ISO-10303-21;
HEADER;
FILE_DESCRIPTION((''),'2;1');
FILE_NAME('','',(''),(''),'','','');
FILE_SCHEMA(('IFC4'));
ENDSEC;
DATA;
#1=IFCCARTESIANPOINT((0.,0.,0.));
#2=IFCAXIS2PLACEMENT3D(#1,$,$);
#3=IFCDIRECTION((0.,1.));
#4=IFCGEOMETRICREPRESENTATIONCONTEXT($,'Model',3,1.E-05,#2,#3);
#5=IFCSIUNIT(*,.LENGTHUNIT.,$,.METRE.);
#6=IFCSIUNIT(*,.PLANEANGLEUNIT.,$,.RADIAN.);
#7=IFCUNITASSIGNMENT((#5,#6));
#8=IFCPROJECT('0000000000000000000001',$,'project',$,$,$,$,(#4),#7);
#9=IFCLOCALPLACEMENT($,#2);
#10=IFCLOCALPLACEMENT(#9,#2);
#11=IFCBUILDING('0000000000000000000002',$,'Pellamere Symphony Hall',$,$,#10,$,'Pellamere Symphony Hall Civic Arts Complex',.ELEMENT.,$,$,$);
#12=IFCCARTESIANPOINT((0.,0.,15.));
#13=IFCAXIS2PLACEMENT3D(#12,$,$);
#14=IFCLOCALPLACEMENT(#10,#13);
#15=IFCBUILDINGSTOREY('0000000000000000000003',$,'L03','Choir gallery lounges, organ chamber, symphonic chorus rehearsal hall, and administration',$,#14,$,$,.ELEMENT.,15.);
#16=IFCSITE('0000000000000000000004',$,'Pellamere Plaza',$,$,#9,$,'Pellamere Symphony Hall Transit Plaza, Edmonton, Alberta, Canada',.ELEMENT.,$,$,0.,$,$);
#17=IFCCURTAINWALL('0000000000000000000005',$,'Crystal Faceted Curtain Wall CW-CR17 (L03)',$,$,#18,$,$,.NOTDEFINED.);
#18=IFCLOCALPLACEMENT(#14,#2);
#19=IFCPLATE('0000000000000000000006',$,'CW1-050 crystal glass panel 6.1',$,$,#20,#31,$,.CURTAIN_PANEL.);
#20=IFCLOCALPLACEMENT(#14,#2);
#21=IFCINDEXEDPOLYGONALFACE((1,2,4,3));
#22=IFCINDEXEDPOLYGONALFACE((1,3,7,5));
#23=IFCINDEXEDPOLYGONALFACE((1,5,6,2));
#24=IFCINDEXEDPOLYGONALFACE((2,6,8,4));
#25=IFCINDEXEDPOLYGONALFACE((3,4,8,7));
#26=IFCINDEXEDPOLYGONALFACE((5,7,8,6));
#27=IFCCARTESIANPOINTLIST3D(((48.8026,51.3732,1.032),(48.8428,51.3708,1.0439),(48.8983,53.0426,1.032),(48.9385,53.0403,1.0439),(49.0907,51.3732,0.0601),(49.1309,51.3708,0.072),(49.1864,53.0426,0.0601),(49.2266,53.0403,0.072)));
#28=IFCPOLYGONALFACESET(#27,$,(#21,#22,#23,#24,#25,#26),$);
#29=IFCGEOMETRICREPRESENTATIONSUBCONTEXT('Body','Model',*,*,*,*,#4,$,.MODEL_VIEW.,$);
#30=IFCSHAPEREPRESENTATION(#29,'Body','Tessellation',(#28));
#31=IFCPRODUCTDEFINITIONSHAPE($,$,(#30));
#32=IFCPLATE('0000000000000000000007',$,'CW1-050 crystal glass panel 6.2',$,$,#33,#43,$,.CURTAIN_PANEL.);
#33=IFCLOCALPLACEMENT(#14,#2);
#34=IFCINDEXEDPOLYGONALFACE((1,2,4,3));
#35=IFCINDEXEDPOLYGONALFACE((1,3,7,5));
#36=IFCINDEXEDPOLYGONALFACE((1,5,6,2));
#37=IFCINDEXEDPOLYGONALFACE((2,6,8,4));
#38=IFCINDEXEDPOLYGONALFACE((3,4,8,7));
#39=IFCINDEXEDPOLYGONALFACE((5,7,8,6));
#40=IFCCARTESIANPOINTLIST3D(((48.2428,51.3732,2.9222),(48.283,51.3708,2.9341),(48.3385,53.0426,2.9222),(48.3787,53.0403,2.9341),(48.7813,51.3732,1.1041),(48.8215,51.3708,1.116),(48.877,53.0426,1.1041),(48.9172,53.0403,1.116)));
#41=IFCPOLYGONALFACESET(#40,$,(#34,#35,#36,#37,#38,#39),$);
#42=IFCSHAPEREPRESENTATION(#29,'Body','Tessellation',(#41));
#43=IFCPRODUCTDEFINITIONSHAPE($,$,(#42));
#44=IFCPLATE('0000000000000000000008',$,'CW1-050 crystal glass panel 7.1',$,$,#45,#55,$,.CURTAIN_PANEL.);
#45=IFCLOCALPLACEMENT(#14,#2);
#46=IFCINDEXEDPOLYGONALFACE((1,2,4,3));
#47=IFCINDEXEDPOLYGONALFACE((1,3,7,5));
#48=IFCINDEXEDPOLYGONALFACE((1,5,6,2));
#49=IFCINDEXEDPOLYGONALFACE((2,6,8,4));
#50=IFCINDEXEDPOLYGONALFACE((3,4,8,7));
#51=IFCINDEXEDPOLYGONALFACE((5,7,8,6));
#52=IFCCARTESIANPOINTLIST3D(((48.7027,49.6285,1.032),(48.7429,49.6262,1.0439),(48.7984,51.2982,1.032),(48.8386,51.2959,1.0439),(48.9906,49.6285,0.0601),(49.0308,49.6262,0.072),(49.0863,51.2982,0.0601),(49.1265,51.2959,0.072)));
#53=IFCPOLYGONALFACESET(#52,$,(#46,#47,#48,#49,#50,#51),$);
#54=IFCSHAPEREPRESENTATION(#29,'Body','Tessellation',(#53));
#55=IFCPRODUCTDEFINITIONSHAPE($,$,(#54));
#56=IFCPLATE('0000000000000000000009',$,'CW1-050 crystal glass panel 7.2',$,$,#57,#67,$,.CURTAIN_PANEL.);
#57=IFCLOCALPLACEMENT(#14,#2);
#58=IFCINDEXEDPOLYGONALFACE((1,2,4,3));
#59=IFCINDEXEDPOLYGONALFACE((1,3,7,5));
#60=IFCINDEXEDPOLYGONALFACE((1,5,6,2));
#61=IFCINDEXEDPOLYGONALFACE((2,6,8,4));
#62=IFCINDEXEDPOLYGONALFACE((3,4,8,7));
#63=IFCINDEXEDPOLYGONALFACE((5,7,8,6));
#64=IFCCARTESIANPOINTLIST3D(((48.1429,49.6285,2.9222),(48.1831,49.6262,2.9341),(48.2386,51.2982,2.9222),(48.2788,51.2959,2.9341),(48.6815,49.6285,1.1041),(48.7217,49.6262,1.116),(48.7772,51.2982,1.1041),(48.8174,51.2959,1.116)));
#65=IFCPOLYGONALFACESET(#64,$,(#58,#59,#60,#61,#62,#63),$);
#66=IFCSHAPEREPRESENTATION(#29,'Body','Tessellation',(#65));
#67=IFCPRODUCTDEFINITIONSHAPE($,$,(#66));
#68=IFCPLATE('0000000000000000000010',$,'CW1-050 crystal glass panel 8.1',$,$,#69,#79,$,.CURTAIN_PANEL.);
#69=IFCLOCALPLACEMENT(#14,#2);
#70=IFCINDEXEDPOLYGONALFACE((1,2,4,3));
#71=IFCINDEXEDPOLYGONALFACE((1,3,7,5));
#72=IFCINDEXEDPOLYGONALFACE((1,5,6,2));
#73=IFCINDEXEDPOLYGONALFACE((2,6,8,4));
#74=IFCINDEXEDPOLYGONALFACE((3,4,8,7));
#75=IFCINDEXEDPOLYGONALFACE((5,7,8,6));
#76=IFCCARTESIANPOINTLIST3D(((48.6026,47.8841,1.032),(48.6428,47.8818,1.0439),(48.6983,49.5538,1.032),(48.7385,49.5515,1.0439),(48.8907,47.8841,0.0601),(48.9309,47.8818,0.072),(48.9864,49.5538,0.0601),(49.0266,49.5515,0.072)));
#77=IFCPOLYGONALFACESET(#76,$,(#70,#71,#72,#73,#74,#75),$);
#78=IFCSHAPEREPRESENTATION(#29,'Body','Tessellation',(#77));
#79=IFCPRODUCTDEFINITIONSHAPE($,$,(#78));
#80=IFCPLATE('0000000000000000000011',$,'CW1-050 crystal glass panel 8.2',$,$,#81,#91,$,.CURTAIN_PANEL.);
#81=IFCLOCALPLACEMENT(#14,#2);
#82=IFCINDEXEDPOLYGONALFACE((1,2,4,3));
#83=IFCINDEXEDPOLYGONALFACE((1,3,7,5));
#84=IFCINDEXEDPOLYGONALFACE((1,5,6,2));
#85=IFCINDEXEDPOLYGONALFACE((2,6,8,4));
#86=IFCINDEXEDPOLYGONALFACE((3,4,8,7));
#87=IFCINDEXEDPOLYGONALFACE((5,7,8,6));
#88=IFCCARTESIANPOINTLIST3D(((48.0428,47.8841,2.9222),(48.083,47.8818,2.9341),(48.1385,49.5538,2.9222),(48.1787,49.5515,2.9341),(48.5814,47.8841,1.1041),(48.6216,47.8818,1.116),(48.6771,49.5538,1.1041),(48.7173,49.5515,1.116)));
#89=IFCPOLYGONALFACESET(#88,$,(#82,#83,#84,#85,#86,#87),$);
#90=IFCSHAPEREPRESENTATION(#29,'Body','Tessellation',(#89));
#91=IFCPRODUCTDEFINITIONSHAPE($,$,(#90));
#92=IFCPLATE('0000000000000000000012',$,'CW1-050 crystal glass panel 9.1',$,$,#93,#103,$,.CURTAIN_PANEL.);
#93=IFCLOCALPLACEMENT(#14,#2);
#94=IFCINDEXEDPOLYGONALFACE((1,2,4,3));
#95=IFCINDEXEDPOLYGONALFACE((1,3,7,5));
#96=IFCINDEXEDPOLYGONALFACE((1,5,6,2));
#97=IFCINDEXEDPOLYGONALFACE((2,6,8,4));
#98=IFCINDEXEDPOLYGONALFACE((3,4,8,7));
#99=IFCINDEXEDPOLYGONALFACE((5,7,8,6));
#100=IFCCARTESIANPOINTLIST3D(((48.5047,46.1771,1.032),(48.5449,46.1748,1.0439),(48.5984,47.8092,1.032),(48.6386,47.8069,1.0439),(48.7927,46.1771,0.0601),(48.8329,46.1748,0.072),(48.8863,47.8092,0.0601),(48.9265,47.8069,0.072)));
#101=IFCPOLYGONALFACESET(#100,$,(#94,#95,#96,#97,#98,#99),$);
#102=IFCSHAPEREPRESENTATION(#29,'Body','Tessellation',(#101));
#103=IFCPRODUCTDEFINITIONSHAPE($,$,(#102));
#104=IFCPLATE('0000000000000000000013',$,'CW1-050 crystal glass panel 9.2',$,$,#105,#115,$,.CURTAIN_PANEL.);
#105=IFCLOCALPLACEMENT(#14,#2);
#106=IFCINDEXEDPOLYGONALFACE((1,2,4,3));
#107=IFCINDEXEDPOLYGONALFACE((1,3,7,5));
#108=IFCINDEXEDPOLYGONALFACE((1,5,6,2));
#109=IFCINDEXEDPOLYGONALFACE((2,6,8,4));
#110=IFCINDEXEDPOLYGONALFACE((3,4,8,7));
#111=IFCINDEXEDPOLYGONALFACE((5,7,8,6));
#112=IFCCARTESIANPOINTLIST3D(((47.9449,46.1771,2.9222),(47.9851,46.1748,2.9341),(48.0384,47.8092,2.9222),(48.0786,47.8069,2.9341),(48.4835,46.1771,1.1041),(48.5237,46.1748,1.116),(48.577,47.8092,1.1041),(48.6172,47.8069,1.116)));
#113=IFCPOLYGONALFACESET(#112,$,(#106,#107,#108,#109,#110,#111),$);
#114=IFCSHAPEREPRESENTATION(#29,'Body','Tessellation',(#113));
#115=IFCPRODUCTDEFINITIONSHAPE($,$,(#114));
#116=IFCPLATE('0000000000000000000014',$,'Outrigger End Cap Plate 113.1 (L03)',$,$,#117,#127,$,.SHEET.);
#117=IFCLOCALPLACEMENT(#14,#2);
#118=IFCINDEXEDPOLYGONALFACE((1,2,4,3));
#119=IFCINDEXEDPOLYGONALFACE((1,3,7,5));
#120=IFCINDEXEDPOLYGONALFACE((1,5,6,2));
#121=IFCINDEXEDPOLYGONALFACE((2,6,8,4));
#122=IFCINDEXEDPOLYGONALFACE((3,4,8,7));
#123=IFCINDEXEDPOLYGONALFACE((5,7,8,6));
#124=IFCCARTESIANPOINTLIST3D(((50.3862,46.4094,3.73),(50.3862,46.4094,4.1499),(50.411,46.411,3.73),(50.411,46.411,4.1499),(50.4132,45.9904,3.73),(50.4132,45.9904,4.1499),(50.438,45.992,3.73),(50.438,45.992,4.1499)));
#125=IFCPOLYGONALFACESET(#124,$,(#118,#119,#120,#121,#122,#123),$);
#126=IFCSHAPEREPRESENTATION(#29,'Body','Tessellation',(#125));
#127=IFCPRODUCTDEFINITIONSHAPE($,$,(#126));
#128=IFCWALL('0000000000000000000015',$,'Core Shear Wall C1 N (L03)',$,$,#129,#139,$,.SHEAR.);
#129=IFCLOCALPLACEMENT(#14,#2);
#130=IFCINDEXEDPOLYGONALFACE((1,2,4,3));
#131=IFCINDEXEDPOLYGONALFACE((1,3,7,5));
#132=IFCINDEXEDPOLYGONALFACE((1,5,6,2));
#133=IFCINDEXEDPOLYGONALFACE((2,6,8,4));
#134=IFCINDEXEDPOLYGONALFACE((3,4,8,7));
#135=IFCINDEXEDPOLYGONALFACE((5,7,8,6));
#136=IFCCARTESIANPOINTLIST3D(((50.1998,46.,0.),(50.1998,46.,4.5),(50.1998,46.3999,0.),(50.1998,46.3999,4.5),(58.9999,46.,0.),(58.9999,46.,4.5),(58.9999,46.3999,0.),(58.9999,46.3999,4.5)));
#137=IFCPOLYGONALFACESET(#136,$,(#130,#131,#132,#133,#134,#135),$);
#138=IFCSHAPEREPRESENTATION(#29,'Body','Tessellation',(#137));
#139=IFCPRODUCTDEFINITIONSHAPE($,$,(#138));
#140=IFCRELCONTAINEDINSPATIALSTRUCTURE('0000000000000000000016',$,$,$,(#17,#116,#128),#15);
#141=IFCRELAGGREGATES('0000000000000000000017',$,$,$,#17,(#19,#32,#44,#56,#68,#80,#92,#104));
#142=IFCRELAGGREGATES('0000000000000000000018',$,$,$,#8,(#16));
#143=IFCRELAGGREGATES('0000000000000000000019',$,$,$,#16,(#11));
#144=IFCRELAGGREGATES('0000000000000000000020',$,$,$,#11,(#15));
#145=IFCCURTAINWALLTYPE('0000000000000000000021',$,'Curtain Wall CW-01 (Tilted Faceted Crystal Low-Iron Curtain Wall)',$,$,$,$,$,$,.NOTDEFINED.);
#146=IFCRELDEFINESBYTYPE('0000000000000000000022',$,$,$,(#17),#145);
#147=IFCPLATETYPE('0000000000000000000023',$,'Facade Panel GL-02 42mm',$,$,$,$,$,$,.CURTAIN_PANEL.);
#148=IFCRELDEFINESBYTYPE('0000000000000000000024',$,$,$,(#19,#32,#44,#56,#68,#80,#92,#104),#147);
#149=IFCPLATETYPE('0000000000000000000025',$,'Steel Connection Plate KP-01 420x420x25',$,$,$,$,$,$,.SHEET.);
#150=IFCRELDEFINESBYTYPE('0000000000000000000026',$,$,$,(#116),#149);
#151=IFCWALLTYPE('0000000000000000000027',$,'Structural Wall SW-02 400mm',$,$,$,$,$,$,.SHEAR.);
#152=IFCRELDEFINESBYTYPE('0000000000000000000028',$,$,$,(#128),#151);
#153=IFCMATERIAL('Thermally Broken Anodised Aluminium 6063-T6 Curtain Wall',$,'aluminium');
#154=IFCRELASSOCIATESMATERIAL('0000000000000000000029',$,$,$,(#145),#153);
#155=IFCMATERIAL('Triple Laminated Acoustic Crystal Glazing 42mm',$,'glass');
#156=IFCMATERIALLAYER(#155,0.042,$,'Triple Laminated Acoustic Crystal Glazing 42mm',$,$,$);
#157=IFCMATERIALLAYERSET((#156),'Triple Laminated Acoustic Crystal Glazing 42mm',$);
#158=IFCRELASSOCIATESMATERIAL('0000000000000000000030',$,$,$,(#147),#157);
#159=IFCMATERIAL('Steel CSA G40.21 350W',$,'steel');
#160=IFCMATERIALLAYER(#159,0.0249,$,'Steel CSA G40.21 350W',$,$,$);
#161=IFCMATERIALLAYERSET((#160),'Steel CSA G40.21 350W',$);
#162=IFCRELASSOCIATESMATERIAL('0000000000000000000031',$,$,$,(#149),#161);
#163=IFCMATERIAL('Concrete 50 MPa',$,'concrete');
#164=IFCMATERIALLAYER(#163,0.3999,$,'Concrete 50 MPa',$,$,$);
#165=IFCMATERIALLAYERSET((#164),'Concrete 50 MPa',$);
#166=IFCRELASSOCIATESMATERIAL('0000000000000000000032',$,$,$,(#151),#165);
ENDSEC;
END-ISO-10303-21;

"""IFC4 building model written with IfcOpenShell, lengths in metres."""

from ifc_helpers import new_model, si_unit, direction, frame, frame_2d, origin, origin_2d, place, context, subcontext, project, spatial, polyline, rectangle, outline, extrude, material, layer, layer_set, type_object, element, aggregate, save


model = new_model("IFC4")

# Units and contexts
model_context = context("Model", 3, precision=1e-05, world=origin(), true_north=direction((0.0, 1.0)))
body_context = subcontext(model_context, "Body", "Model", "MODEL_VIEW")
ifc_project = project(units=[si_unit("LENGTHUNIT", "METRE"), si_unit("PLANEANGLEUNIT", "RADIAN")], contexts=[model_context])

# Site, building, storey
site_placement = place(None, origin())
site = spatial("IfcSite", under=ifc_project, at=site_placement, Name="Pellamere Plaza", LongName="Pellamere Symphony Hall Transit Plaza, Edmonton, Alberta, Canada", CompositionType="ELEMENT", RefElevation=0.0)
building_placement = place(site_placement, origin())
building = spatial("IfcBuilding", under=site, at=building_placement, Name="Pellamere Symphony Hall", LongName="Pellamere Symphony Hall Civic Arts Complex", CompositionType="ELEMENT")
storey_placement = place(building_placement, frame((0.0, 0.0, 15.0)))
storey = spatial("IfcBuildingStorey", under=building, at=storey_placement, Name="L03", Description="Choir gallery lounges, organ chamber, symphonic chorus rehearsal hall, and administration", CompositionType="ELEMENT", Elevation=15.0)

# Curtain wall
ifc_material_1 = material(Name="Thermally Broken Anodised Aluminium 6063-T6 Curtain Wall", Category="aluminium")
curtain_wall_type = type_object("IfcCurtainWallType", Name="Curtain Wall CW-01 (Tilted Faceted Crystal Low-Iron Curtain Wall)", PredefinedType="NOTDEFINED", material=ifc_material_1)
curtain_wall_placement = place(storey_placement, origin())
curtain_wall = element("IfcCurtainWall", 1, at=curtain_wall_placement, inside=storey, type_object=curtain_wall_type, Name="Crystal Faceted Curtain Wall CW-CR17 (L03)", PredefinedType="NOTDEFINED")

# Shared definitions
ifc_material_2 = material(Name="Steel CSA G40.21 350W", Category="steel")

# Plates
ifc_material_3 = material(Name="Triple Laminated Acoustic Crystal Glazing 42mm", Category="glass")
ifc_layer_1 = layer(ifc_material_3, 0.042, Name="Triple Laminated Acoustic Crystal Glazing 42mm")
ifc_layer_set_1 = layer_set([ifc_layer_1], Name="Triple Laminated Acoustic Crystal Glazing 42mm")
plate_type_1 = type_object("IfcPlateType", Name="Facade Panel GL-02 42mm", PredefinedType="CURTAIN_PANEL", material=ifc_layer_set_1)
plate_1_placement = place(storey_placement, frame((49.2266, 53.0403, 0.072), z_axis=(0.957324, -0.05488, 0.283758), x_axis=(-0.057233, -0.998361, 0.0)))
plate_1 = element("IfcPlate", 2, at=plate_1_placement, type_object=plate_type_1, Name="CW1-050 crystal glass panel 6.1", PredefinedType="CURTAIN_PANEL", context=body_context, shape_type="SweptSolid", body=[
    extrude(outline(polyline([(0.0, 0.0), (1.6722, 0.0), (1.6887, -1.0136), (0.0165, -1.0136), (0.0, 0.0)])), origin(), (0.0, 0.0, -1.0), 0.042),
])
plate_2_placement = place(storey_placement, frame((48.9172, 53.0403, 1.116), z_axis=(0.957371, -0.054883, 0.283599), x_axis=(-0.057233, -0.998361, 0.0)))
plate_2 = element("IfcPlate", 3, at=plate_2_placement, type_object=plate_type_1, Name="CW1-050 crystal glass panel 6.2", PredefinedType="CURTAIN_PANEL", context=body_context, shape_type="SweptSolid", body=[
    extrude(outline(polyline([(0.0, 0.0), (1.6722, 0.0), (1.703, -1.896), (0.0308, -1.896), (0.0, 0.0)])), origin(), (0.0, 0.0, -1.0), 0.042),
])
plate_3_placement = place(storey_placement, frame((49.1265, 51.2959, 0.072), z_axis=(0.95739, -0.054876, 0.283537), x_axis=(-0.057224, -0.998361, 0.0)))
plate_3 = element("IfcPlate", 4, at=plate_3_placement, type_object=plate_type_1, Name="CW1-050 crystal glass panel 7.1", PredefinedType="CURTAIN_PANEL", context=body_context, shape_type="SweptSolid", body=[
    extrude(outline(polyline([(0.0, 0.0), (1.6724, 0.0), (1.6889, -1.0135), (0.0165, -1.0135), (0.0, 0.0)])), origin(), (0.0, 0.0, -1.0), 0.042),
])
plate_4_placement = place(storey_placement, frame((48.8174, 51.2959, 1.116), z_axis=(0.957372, -0.054875, 0.283599), x_axis=(-0.057224, -0.998361, 0.0)))
plate_4 = element("IfcPlate", 5, at=plate_4_placement, type_object=plate_type_1, Name="CW1-050 crystal glass panel 7.2", PredefinedType="CURTAIN_PANEL", context=body_context, shape_type="SweptSolid", body=[
    extrude(outline(polyline([(0.0, 0.0), (1.6724, 0.0), (1.7032, -1.896), (0.0308, -1.896), (0.0, 0.0)])), origin(), (0.0, 0.0, -1.0), 0.042),
])
plate_5_placement = place(storey_placement, frame((49.0266, 49.5515, 0.072), z_axis=(0.957324, -0.054872, 0.283759), x_axis=(-0.057224, -0.998361, 0.0)))
plate_5 = element("IfcPlate", 6, at=plate_5_placement, type_object=plate_type_1, Name="CW1-050 crystal glass panel 8.1", PredefinedType="CURTAIN_PANEL", context=body_context, shape_type="SweptSolid", body=[
    extrude(outline(polyline([(0.0, 0.0), (1.6724, 0.0), (1.6889, -1.0136), (0.0165, -1.0136), (0.0, 0.0)])), origin(), (0.0, 0.0, -1.0), 0.042),
])
plate_6_placement = place(storey_placement, frame((48.7173, 49.5515, 1.116), z_axis=(0.957372, -0.054875, 0.283599), x_axis=(-0.057224, -0.998361, 0.0)))
plate_6 = element("IfcPlate", 7, at=plate_6_placement, type_object=plate_type_1, Name="CW1-050 crystal glass panel 8.2", PredefinedType="CURTAIN_PANEL", context=body_context, shape_type="SweptSolid", body=[
    extrude(outline(polyline([(0.0, 0.0), (1.6724, 0.0), (1.7032, -1.896), (0.0308, -1.896), (0.0, 0.0)])), origin(), (0.0, 0.0, -1.0), 0.042),
])
plate_7_placement = place(storey_placement, frame((48.9265, 47.8069, 0.072), z_axis=(0.957355, -0.054921, 0.283647), x_axis=(-0.057267, -0.998359, -0.00002)))
plate_7 = element("IfcPlate", 8, at=plate_7_placement, type_object=plate_type_1, Name="CW1-050 crystal glass panel 9.1", PredefinedType="CURTAIN_PANEL", context=body_context, shape_type="SweptSolid", body=[
    extrude(outline(polyline([(0.0, 0.0), (1.6348, 0.0), (1.6512, -1.0136), (0.0165, -1.0135), (0.0, 0.0)])), origin(), (0.0, 0.0, -1.0), 0.042),
])
plate_8_placement = place(storey_placement, frame((48.6172, 47.8069, 1.116), z_axis=(0.957373, -0.05485, 0.283599), x_axis=(-0.057199, -0.998363, 0.0)))
plate_8 = element("IfcPlate", 9, at=plate_8_placement, type_object=plate_type_1, Name="CW1-050 crystal glass panel 9.2", PredefinedType="CURTAIN_PANEL", context=body_context, shape_type="SweptSolid", body=[
    extrude(outline(polyline([(0.0, 0.0), (1.6348, 0.0), (1.6656, -1.896), (0.0308, -1.896), (0.0, 0.0)])), origin(), (0.0, 0.0, -1.0), 0.042),
])
aggregate(curtain_wall, [plate_1, plate_2, plate_3, plate_4, plate_5, plate_6, plate_7, plate_8])
ifc_layer_2 = layer(ifc_material_2, 0.0249, Name="Steel CSA G40.21 350W")
ifc_layer_set_2 = layer_set([ifc_layer_2], Name="Steel CSA G40.21 350W")
plate_type_2 = type_object("IfcPlateType", Name="Steel Connection Plate KP-01 420x420x25", PredefinedType="SHEET", material=ifc_layer_set_2)
plate_9_placement = place(storey_placement, frame((50.4121, 46.2007, 3.73), z_axis=(0.0, 0.0, 1.0), x_axis=(-0.997927, -0.064358, 0.0)))
element("IfcPlate", 10, at=plate_9_placement, inside=storey, type_object=plate_type_2, Name="Outrigger End Cap Plate 113.1 (L03)", PredefinedType="SHEET", context=body_context, shape_type="SweptSolid", body=[
    extrude(rectangle(XDim=0.0249, YDim=0.4199, at=origin_2d()), origin(), (0.0, 0.0, 1.0), 0.4199),
])

# Wall
ifc_material_4 = material(Name="Concrete 50 MPa", Category="concrete")
ifc_layer_3 = layer(ifc_material_4, 0.3999, Name="Concrete 50 MPa")
ifc_layer_set_3 = layer_set([ifc_layer_3], Name="Concrete 50 MPa")
wall_type = type_object("IfcWallType", Name="Structural Wall SW-02 400mm", PredefinedType="SHEAR", material=ifc_layer_set_3)
wall_placement = place(storey_placement, frame((50.2, 46.2, 0.0), z_axis=(0.0, 0.0, 1.0), x_axis=(1.0, 0.0, 0.0)))
element("IfcWall", 11, at=wall_placement, inside=storey, type_object=wall_type, Name="Core Shear Wall C1 N (L03)", PredefinedType="SHEAR", context=body_context, shape_type="SweptSolid", body=[
    extrude(rectangle(XDim=8.8, YDim=0.3999, at=frame_2d((4.3999, 0.0))), origin(), (0.0, 0.0, 1.0), 4.5),
])

save(model, "model.ifc")
